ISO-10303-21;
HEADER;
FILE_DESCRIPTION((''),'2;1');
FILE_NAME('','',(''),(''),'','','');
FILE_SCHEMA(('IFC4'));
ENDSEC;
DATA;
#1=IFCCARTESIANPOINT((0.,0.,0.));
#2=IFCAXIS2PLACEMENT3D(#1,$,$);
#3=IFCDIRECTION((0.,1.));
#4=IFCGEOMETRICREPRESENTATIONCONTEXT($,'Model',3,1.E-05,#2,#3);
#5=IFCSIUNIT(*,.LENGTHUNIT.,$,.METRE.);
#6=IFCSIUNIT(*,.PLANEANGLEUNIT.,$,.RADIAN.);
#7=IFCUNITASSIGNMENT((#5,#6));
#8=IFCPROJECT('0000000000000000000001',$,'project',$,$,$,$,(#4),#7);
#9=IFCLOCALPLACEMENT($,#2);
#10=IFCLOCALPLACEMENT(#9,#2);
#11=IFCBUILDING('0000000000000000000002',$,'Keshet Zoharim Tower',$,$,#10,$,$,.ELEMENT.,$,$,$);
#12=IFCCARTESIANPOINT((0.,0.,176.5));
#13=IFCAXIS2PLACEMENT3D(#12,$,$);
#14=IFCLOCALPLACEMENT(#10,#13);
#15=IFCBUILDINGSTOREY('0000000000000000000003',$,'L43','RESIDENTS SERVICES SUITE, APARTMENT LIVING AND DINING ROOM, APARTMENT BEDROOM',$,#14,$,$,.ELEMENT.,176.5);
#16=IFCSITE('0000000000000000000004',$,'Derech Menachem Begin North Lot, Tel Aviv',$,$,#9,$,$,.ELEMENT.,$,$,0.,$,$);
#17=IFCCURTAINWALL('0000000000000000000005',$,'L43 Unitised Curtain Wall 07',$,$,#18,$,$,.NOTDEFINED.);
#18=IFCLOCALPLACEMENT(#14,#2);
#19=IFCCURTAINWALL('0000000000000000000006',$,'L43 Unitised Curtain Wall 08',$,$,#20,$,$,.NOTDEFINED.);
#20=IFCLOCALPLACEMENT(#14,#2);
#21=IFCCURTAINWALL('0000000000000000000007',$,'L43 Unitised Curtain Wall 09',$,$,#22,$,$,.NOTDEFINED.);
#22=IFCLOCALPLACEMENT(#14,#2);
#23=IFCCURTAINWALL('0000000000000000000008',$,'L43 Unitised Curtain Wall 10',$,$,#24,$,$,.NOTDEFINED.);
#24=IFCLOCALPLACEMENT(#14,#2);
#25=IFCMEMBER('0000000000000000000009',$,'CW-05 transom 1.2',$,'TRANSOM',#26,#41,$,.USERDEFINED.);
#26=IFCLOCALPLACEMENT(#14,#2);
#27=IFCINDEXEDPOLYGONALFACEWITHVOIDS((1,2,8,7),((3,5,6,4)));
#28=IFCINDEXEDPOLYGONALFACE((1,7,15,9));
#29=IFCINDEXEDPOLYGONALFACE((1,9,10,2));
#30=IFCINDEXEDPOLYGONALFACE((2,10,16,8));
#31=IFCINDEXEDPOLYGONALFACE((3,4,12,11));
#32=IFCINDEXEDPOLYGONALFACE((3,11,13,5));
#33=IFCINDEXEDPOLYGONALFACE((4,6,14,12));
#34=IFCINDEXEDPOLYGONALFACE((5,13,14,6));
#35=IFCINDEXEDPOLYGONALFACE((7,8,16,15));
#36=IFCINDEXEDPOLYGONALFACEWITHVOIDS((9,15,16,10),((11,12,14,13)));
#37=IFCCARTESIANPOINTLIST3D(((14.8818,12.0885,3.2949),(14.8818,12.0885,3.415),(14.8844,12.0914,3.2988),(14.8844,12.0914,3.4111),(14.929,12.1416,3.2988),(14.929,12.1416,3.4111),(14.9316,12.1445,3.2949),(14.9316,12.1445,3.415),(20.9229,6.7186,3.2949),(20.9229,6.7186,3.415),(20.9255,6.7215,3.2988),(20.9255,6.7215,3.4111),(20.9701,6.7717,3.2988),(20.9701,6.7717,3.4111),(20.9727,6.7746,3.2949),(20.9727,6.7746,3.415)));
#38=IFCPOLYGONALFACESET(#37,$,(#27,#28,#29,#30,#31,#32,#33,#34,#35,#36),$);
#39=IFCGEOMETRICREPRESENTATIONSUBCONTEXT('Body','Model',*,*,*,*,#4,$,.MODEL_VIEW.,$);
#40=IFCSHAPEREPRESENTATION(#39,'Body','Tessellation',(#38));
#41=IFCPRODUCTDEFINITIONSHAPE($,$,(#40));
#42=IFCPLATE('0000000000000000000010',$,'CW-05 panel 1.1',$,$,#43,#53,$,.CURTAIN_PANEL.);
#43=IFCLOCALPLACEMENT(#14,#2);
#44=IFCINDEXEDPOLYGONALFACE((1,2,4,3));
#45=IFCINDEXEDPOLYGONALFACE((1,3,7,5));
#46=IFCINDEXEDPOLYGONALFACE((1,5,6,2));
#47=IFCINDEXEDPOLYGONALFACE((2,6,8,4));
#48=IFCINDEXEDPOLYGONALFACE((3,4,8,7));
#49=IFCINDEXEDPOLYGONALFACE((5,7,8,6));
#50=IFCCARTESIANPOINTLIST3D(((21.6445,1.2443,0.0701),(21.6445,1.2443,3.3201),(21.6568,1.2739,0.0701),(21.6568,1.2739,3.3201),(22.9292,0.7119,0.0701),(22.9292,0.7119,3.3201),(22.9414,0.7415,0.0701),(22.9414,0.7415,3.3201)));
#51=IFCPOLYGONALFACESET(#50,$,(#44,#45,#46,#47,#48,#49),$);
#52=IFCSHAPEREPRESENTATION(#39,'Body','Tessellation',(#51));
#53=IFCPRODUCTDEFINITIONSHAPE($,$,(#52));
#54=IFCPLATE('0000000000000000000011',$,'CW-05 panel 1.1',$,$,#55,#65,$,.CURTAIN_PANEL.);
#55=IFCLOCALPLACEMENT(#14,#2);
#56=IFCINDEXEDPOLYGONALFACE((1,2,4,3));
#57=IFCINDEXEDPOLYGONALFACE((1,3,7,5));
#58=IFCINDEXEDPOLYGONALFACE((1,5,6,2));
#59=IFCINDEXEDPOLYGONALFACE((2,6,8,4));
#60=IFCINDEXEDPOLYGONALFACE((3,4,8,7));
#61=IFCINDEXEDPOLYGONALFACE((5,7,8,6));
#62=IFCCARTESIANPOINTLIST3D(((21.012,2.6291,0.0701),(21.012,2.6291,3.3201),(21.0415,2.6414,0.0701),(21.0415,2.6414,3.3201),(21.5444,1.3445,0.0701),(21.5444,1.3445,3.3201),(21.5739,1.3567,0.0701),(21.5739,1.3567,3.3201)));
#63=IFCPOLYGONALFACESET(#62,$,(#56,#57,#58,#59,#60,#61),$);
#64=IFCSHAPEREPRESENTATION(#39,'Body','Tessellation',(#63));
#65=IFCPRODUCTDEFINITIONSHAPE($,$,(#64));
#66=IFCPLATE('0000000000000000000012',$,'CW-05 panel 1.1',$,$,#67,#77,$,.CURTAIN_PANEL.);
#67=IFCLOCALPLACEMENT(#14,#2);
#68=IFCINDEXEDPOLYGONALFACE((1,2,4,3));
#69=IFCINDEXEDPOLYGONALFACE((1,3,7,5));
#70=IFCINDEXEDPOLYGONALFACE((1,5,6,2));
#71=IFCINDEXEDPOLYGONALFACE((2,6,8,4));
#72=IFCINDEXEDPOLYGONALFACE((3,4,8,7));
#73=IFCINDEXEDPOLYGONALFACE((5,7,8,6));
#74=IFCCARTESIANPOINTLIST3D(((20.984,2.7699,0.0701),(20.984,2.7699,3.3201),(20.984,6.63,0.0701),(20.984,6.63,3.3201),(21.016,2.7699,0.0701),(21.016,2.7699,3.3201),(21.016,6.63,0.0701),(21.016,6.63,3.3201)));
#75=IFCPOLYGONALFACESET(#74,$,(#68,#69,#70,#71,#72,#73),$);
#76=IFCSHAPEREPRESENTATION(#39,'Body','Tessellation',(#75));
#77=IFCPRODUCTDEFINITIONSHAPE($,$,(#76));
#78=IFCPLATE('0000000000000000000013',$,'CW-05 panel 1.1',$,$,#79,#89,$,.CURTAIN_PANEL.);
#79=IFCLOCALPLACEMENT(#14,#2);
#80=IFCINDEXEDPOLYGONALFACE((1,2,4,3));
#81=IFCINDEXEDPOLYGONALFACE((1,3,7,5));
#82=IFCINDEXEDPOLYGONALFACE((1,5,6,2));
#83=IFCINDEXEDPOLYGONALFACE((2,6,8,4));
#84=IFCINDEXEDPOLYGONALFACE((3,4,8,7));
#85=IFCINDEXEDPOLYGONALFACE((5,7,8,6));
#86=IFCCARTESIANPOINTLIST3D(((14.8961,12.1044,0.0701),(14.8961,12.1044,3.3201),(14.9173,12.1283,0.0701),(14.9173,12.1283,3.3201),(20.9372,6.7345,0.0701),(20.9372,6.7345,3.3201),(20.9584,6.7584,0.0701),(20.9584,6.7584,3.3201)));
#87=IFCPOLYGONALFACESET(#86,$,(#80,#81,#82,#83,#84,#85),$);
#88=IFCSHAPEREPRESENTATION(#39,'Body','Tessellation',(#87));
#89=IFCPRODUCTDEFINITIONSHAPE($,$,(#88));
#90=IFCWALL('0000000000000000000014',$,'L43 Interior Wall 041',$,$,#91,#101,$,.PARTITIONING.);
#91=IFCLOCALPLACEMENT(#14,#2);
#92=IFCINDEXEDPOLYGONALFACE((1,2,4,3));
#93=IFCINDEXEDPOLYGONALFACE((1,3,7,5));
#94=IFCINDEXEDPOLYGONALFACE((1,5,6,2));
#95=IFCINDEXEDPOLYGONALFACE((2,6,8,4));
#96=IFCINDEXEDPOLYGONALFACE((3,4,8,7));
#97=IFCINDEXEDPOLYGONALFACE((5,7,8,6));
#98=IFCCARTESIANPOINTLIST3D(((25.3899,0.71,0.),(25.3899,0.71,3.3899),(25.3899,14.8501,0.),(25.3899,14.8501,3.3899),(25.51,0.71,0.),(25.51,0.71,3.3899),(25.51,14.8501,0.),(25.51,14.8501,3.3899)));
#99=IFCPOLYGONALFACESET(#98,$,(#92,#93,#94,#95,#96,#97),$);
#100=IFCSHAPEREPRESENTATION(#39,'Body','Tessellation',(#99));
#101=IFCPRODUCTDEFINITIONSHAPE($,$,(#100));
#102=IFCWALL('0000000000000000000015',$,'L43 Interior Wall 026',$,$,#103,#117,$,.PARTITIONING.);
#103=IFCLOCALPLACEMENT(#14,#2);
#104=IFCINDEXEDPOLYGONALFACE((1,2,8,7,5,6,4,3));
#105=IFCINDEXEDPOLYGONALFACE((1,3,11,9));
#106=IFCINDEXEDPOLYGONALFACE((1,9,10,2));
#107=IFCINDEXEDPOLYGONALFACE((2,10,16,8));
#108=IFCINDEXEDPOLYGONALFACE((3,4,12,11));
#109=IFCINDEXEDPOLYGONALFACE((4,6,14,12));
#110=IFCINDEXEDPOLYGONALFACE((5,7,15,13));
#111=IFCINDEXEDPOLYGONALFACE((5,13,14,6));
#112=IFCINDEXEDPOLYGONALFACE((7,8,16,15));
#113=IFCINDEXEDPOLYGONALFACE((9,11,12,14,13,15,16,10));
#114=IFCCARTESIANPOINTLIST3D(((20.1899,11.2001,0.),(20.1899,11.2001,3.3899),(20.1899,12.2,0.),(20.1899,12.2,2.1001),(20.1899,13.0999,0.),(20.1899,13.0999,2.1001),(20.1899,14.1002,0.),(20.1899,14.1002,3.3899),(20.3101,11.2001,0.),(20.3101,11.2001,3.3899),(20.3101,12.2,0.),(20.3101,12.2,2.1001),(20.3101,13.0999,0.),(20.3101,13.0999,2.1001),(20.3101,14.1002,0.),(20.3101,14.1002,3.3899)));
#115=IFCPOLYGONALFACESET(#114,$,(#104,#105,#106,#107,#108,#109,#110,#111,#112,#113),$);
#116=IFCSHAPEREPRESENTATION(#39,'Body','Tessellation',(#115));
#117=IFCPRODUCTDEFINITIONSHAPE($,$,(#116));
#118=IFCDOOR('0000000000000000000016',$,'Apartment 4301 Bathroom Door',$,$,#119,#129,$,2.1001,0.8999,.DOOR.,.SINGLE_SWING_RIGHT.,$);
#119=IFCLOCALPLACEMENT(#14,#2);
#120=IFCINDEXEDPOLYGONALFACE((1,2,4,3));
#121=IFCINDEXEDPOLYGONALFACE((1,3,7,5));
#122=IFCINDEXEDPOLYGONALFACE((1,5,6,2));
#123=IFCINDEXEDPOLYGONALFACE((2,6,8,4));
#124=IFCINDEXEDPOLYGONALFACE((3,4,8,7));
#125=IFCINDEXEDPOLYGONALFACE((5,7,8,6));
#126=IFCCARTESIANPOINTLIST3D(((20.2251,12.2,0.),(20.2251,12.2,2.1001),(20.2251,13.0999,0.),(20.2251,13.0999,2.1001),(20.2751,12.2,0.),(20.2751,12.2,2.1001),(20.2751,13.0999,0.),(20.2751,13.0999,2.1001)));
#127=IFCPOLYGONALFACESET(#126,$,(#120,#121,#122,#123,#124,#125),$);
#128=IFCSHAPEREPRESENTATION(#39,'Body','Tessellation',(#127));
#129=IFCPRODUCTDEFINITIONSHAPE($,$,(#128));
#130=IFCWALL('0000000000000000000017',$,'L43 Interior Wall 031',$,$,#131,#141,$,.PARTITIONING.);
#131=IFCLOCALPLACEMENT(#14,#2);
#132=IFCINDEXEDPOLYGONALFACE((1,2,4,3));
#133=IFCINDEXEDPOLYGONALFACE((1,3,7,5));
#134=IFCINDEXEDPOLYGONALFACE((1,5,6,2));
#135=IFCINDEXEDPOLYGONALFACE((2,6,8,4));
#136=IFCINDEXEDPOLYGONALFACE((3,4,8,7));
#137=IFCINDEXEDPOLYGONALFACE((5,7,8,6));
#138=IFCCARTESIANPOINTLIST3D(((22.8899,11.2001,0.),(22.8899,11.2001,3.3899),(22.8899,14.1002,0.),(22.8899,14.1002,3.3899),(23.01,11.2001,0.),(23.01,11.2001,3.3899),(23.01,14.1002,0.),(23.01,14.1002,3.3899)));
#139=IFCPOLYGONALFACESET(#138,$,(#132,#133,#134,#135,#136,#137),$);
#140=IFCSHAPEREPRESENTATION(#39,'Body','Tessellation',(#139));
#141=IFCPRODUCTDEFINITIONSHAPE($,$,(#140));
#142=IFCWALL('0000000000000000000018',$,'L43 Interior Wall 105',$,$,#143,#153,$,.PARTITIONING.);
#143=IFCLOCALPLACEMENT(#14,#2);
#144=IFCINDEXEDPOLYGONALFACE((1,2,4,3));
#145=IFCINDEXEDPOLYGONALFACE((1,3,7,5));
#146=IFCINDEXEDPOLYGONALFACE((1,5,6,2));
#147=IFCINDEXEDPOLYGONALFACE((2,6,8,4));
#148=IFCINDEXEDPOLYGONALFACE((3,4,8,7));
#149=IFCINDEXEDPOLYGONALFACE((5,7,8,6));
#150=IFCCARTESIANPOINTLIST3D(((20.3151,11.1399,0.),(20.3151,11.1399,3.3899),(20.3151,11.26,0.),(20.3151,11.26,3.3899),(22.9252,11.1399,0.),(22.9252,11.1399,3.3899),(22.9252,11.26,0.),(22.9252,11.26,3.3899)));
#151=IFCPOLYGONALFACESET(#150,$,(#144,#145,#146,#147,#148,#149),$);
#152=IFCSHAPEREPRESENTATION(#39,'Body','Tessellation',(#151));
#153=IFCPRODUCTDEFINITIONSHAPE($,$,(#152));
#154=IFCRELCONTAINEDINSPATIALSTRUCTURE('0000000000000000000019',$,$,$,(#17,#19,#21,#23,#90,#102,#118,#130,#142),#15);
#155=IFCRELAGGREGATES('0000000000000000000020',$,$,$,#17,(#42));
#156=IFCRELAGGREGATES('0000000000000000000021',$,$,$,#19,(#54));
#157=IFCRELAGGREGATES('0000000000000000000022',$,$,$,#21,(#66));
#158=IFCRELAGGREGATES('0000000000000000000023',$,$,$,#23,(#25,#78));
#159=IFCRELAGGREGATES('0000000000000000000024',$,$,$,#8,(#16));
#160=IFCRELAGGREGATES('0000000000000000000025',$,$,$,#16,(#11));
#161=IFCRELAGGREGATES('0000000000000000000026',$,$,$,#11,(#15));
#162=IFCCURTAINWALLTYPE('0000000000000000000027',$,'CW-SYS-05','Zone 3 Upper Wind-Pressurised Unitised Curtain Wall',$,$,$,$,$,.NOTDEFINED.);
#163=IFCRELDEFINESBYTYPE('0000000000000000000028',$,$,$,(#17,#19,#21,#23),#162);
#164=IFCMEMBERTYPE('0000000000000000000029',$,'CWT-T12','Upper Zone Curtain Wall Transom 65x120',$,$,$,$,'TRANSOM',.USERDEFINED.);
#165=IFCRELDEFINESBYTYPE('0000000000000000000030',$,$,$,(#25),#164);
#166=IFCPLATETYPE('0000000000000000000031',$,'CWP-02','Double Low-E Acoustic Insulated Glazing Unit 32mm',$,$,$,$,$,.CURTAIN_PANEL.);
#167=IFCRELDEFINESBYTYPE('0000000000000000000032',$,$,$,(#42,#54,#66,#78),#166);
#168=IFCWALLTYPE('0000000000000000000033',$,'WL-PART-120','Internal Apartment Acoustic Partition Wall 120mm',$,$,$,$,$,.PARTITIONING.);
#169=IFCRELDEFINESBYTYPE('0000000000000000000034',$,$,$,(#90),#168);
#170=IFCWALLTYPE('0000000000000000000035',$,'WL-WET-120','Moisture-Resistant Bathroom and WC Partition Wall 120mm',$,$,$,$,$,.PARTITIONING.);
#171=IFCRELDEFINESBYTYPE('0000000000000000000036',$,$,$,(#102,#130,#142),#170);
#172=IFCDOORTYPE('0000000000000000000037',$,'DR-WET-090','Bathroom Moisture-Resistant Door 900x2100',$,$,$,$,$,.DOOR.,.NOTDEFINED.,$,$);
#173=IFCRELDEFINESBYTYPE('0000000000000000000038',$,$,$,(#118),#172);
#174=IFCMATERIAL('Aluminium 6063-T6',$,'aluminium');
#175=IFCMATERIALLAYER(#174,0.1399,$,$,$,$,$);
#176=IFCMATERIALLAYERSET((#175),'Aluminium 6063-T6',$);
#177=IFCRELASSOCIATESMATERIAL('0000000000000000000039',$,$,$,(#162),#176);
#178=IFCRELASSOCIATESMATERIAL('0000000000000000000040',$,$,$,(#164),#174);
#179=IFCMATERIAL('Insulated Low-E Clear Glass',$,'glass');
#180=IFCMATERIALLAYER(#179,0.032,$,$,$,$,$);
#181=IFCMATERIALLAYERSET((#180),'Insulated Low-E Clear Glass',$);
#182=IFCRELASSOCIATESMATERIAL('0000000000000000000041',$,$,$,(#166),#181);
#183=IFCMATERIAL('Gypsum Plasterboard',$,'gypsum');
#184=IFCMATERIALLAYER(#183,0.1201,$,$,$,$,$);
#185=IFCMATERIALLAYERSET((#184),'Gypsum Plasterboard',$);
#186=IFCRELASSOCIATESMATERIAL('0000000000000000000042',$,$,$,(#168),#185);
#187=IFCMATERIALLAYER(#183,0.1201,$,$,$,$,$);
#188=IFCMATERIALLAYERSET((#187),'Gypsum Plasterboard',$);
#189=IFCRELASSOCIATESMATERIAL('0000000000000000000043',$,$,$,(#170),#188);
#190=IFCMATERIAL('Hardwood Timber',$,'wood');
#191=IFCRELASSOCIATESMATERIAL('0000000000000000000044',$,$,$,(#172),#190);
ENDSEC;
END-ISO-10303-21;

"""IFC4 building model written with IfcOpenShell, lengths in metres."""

from ifc_helpers import new_model, si_unit, direction, frame, frame_2d, origin, origin_2d, place, context, subcontext, project, spatial, rectangle, hollow_rectangle, extrude, material, layer, layer_set, material_profile, profile_set, type_object, element, fill, aggregate, save


model = new_model("IFC4")

# Units and contexts
model_context = context("Model", 3, precision=1e-05, world=origin(), true_north=direction((0.0, 1.0)))
body_context = subcontext(model_context, "Body", "Model", "MODEL_VIEW")
ifc_project = project(units=[si_unit("LENGTHUNIT", "METRE"), si_unit("PLANEANGLEUNIT", "RADIAN")], contexts=[model_context])

# Site, building, storey
site_placement = place(None, origin())
site = spatial("IfcSite", under=ifc_project, at=site_placement, Name="Derech Menachem Begin North Lot, Tel Aviv", CompositionType="ELEMENT", RefElevation=0.0)
building_placement = place(site_placement, origin())
building = spatial("IfcBuilding", under=site, at=building_placement, Name="Keshet Zoharim Tower", CompositionType="ELEMENT")
storey_placement = place(building_placement, frame((0.0, 0.0, 176.5)))
storey = spatial("IfcBuildingStorey", under=building, at=storey_placement, Name="L43", Description="RESIDENTS SERVICES SUITE, APARTMENT LIVING AND DINING ROOM, APARTMENT BEDROOM", CompositionType="ELEMENT", Elevation=176.5)

# Shared definitions
ifc_material_1 = material(Name="Aluminium 6063-T6", Category="aluminium")
ifc_layer_1 = layer(ifc_material_1, 0.1399)
ifc_layer_set_1 = layer_set([ifc_layer_1], Name="Aluminium 6063-T6")
curtain_wall_type = type_object("IfcCurtainWallType", Name="CW-SYS-05", Description="Zone 3 Upper Wind-Pressurised Unitised Curtain Wall", PredefinedType="NOTDEFINED", material=ifc_layer_set_1)

# Curtain walls
curtain_wall_1_placement = place(storey_placement, origin())
curtain_wall_1 = element("IfcCurtainWall", 1, at=curtain_wall_1_placement, inside=storey, type_object=curtain_wall_type, Name="L43 Unitised Curtain Wall 07", PredefinedType="NOTDEFINED")
curtain_wall_2_placement = place(storey_placement, origin())
curtain_wall_2 = element("IfcCurtainWall", 2, at=curtain_wall_2_placement, inside=storey, type_object=curtain_wall_type, Name="L43 Unitised Curtain Wall 08", PredefinedType="NOTDEFINED")
curtain_wall_3_placement = place(storey_placement, origin())
curtain_wall_3 = element("IfcCurtainWall", 3, at=curtain_wall_3_placement, inside=storey, type_object=curtain_wall_type, Name="L43 Unitised Curtain Wall 09", PredefinedType="NOTDEFINED")

# Curtain wall
curtain_wall_4_placement = place(storey_placement, origin())
curtain_wall_4 = element("IfcCurtainWall", 4, at=curtain_wall_4_placement, inside=storey, type_object=curtain_wall_type, Name="L43 Unitised Curtain Wall 10", PredefinedType="NOTDEFINED")

# Member
ifc_material_profile_1 = material_profile(ifc_material_1, hollow_rectangle(XDim=0.075, YDim=0.1201, WallThickness=0.0039, at=origin_2d()), Name="TRN-75x120")
ifc_profile_set_1 = profile_set([ifc_material_profile_1], Name="Aluminium 6063-T6")
member_type_1 = type_object("IfcMemberType", Name="CWT-T12", Description="Upper Zone Curtain Wall Transom 65x120", ElementType="TRANSOM", PredefinedType="USERDEFINED", material=ifc_profile_set_1)
member_1_placement = place(storey_placement, frame((20.9478, 6.7466, 3.355), z_axis=(-0.747404, 0.664369, 0.0), x_axis=(-0.664369, -0.747404, 0.0)))
member_1 = element("IfcMember", 5, at=member_1_placement, type_object=member_type_1, Name="CW-05 transom 1.2", ObjectType="TRANSOM", PredefinedType="USERDEFINED", context=body_context, shape_type="SweptSolid", body=[
    extrude(hollow_rectangle(XDim=0.075, YDim=0.1201, WallThickness=0.0039, at=origin_2d()), origin(), (0.0, 0.0, 1.0), 8.0828),
])

# Plates
ifc_material_2 = material(Name="Insulated Low-E Clear Glass", Category="glass")
ifc_layer_2 = layer(ifc_material_2, 0.032)
ifc_layer_set_2 = layer_set([ifc_layer_2], Name="Insulated Low-E Clear Glass")
plate_type = type_object("IfcPlateType", Name="CWP-02", Description="Double Low-E Acoustic Insulated Glazing Unit 32mm", PredefinedType="CURTAIN_PANEL", material=ifc_layer_set_2)
plate_1_placement = place(storey_placement, frame((22.293, 0.9929, 0.0701), z_axis=(0.0, 0.0, 1.0), x_axis=(-0.92381, 0.382852, 0.0)))
plate_1 = element("IfcPlate", 6, at=plate_1_placement, type_object=plate_type, Name="CW-05 panel 1.1", PredefinedType="CURTAIN_PANEL", context=body_context, shape_type="SweptSolid", body=[
    extrude(rectangle(XDim=1.3906, YDim=0.032, at=origin_2d()), origin(), (0.0, 0.0, 1.0), 3.25),
])
aggregate(curtain_wall_1, [plate_1])
plate_2_placement = place(storey_placement, frame((21.293, 1.9929, 0.0701), z_axis=(0.0, 0.0, 1.0), x_axis=(-0.382852, 0.92381, 0.0)))
plate_2 = element("IfcPlate", 7, at=plate_2_placement, type_object=plate_type, Name="CW-05 panel 1.1", PredefinedType="CURTAIN_PANEL", context=body_context, shape_type="SweptSolid", body=[
    extrude(rectangle(XDim=1.3906, YDim=0.032, at=origin_2d()), origin(), (0.0, 0.0, 1.0), 3.25),
])
aggregate(curtain_wall_2, [plate_2])
plate_3_placement = place(storey_placement, frame((21.0, 4.7, 0.0701), z_axis=(0.0, 0.0, 1.0), x_axis=(0.0, 1.0, 0.0)))
plate_3 = element("IfcPlate", 8, at=plate_3_placement, type_object=plate_type, Name="CW-05 panel 1.1", PredefinedType="CURTAIN_PANEL", context=body_context, shape_type="SweptSolid", body=[
    extrude(rectangle(XDim=3.8601, YDim=0.032, at=origin_2d()), origin(), (0.0, 0.0, 1.0), 3.25),
])
aggregate(curtain_wall_3, [plate_3])
plate_4_placement = place(storey_placement, frame((17.9272, 9.4314, 0.0701), z_axis=(0.0, 0.0, 1.0), x_axis=(-0.747406, 0.664368, 0.0)))
plate_4 = element("IfcPlate", 9, at=plate_4_placement, type_object=plate_type, Name="CW-05 panel 1.1", PredefinedType="CURTAIN_PANEL", context=body_context, shape_type="SweptSolid", body=[
    extrude(rectangle(XDim=8.0828, YDim=0.032, at=origin_2d()), origin(), (0.0, 0.0, 1.0), 3.25),
])
aggregate(curtain_wall_4, [member_1, plate_4])

# Wall
ifc_material_3 = material(Name="Gypsum Plasterboard", Category="gypsum")
ifc_layer_3 = layer(ifc_material_3, 0.1201)
ifc_layer_set_3 = layer_set([ifc_layer_3], Name="Gypsum Plasterboard")
wall_type_1 = type_object("IfcWallType", Name="WL-PART-120", Description="Internal Apartment Acoustic Partition Wall 120mm", PredefinedType="PARTITIONING", material=ifc_layer_set_3)
wall_1_placement = place(storey_placement, frame((25.45, 0.71, 0.0), z_axis=(0.0, 0.0, 1.0), x_axis=(0.0, 1.0, 0.0)))
element("IfcWall", 10, at=wall_1_placement, inside=storey, type_object=wall_type_1, Name="L43 Interior Wall 041", PredefinedType="PARTITIONING", context=body_context, shape_type="SweptSolid", body=[
    extrude(rectangle(XDim=14.1401, YDim=0.1201, at=frame_2d((7.0701, 0.0))), origin(), (0.0, 0.0, 1.0), 3.3899),
])

# Wall, opening, door
ifc_layer_4 = layer(ifc_material_3, 0.1201)
ifc_layer_set_4 = layer_set([ifc_layer_4], Name="Gypsum Plasterboard")
wall_type_2 = type_object("IfcWallType", Name="WL-WET-120", Description="Moisture-Resistant Bathroom and WC Partition Wall 120mm", PredefinedType="PARTITIONING", material=ifc_layer_set_4)
wall_2_placement = place(storey_placement, frame((20.25, 11.2, 0.0), z_axis=(0.0, 0.0, 1.0), x_axis=(0.0, 1.0, 0.0)))
wall_2 = element("IfcWall", 11, at=wall_2_placement, inside=storey, type_object=wall_type_2, Name="L43 Interior Wall 026", PredefinedType="PARTITIONING", context=body_context, shape_type="SweptSolid", body=[
    extrude(rectangle(XDim=2.9001, YDim=0.1201, at=frame_2d((1.4502, 0.0))), origin(), (0.0, 0.0, 1.0), 3.3899),
])
opening_placement = place(wall_2_placement, frame((1.0, 0.0, 0.0)))
opening = element("IfcOpeningElement", 12, at=opening_placement, cuts=wall_2, PredefinedType="OPENING", context=body_context, shape_type="SweptSolid", body=[
    extrude(rectangle(XDim=0.8999, YDim=2.1001, at=frame_2d((0.45, 1.05))), frame((0.0, 0.0701, 0.0), z_axis=(0.0, -1.0, 0.0), x_axis=(1.0, 0.0, 0.0)), (0.0, 0.0, 1.0), 0.1401),
])
ifc_material_4 = material(Name="Hardwood Timber", Category="wood")
door_type = type_object("IfcDoorType", Name="DR-WET-090", Description="Bathroom Moisture-Resistant Door 900x2100", OperationType="NOTDEFINED", PredefinedType="DOOR", material=ifc_material_4)
door_placement = place(opening_placement, origin())
door = element("IfcDoor", 13, at=door_placement, inside=storey, type_object=door_type, Name="Apartment 4301 Bathroom Door", OperationType="SINGLE_SWING_RIGHT", OverallHeight=2.1001, OverallWidth=0.8999, PredefinedType="DOOR", context=body_context, shape_type="SweptSolid", body=[
    extrude(rectangle(XDim=0.8999, YDim=2.1001, at=frame_2d((0.45, 1.05))), frame((0.0, 0.0249, 0.0), z_axis=(0.0, -1.0, 0.0), x_axis=(1.0, 0.0, 0.0)), (0.0, 0.0, 1.0), 0.05),
])
fill(opening, door)

# Walls
wall_3_placement = place(storey_placement, frame((22.95, 11.2, 0.0), z_axis=(0.0, 0.0, 1.0), x_axis=(0.0, 1.0, 0.0)))
element("IfcWall", 14, at=wall_3_placement, inside=storey, type_object=wall_type_2, Name="L43 Interior Wall 031", PredefinedType="PARTITIONING", context=body_context, shape_type="SweptSolid", body=[
    extrude(rectangle(XDim=2.9001, YDim=0.1201, at=frame_2d((1.4502, 0.0))), origin(), (0.0, 0.0, 1.0), 3.3899),
])
wall_4_placement = place(storey_placement, frame((20.3149, 11.2, 0.0), z_axis=(0.0, 0.0, 1.0), x_axis=(1.0, 0.0, 0.0)))
element("IfcWall", 15, at=wall_4_placement, inside=storey, type_object=wall_type_2, Name="L43 Interior Wall 105", PredefinedType="PARTITIONING", context=body_context, shape_type="SweptSolid", body=[
    extrude(rectangle(XDim=2.6101, YDim=0.1201, at=frame_2d((1.3052, 0.0))), origin(), (0.0, 0.0, 1.0), 3.3899),
])

save(model, "model.ifc")
